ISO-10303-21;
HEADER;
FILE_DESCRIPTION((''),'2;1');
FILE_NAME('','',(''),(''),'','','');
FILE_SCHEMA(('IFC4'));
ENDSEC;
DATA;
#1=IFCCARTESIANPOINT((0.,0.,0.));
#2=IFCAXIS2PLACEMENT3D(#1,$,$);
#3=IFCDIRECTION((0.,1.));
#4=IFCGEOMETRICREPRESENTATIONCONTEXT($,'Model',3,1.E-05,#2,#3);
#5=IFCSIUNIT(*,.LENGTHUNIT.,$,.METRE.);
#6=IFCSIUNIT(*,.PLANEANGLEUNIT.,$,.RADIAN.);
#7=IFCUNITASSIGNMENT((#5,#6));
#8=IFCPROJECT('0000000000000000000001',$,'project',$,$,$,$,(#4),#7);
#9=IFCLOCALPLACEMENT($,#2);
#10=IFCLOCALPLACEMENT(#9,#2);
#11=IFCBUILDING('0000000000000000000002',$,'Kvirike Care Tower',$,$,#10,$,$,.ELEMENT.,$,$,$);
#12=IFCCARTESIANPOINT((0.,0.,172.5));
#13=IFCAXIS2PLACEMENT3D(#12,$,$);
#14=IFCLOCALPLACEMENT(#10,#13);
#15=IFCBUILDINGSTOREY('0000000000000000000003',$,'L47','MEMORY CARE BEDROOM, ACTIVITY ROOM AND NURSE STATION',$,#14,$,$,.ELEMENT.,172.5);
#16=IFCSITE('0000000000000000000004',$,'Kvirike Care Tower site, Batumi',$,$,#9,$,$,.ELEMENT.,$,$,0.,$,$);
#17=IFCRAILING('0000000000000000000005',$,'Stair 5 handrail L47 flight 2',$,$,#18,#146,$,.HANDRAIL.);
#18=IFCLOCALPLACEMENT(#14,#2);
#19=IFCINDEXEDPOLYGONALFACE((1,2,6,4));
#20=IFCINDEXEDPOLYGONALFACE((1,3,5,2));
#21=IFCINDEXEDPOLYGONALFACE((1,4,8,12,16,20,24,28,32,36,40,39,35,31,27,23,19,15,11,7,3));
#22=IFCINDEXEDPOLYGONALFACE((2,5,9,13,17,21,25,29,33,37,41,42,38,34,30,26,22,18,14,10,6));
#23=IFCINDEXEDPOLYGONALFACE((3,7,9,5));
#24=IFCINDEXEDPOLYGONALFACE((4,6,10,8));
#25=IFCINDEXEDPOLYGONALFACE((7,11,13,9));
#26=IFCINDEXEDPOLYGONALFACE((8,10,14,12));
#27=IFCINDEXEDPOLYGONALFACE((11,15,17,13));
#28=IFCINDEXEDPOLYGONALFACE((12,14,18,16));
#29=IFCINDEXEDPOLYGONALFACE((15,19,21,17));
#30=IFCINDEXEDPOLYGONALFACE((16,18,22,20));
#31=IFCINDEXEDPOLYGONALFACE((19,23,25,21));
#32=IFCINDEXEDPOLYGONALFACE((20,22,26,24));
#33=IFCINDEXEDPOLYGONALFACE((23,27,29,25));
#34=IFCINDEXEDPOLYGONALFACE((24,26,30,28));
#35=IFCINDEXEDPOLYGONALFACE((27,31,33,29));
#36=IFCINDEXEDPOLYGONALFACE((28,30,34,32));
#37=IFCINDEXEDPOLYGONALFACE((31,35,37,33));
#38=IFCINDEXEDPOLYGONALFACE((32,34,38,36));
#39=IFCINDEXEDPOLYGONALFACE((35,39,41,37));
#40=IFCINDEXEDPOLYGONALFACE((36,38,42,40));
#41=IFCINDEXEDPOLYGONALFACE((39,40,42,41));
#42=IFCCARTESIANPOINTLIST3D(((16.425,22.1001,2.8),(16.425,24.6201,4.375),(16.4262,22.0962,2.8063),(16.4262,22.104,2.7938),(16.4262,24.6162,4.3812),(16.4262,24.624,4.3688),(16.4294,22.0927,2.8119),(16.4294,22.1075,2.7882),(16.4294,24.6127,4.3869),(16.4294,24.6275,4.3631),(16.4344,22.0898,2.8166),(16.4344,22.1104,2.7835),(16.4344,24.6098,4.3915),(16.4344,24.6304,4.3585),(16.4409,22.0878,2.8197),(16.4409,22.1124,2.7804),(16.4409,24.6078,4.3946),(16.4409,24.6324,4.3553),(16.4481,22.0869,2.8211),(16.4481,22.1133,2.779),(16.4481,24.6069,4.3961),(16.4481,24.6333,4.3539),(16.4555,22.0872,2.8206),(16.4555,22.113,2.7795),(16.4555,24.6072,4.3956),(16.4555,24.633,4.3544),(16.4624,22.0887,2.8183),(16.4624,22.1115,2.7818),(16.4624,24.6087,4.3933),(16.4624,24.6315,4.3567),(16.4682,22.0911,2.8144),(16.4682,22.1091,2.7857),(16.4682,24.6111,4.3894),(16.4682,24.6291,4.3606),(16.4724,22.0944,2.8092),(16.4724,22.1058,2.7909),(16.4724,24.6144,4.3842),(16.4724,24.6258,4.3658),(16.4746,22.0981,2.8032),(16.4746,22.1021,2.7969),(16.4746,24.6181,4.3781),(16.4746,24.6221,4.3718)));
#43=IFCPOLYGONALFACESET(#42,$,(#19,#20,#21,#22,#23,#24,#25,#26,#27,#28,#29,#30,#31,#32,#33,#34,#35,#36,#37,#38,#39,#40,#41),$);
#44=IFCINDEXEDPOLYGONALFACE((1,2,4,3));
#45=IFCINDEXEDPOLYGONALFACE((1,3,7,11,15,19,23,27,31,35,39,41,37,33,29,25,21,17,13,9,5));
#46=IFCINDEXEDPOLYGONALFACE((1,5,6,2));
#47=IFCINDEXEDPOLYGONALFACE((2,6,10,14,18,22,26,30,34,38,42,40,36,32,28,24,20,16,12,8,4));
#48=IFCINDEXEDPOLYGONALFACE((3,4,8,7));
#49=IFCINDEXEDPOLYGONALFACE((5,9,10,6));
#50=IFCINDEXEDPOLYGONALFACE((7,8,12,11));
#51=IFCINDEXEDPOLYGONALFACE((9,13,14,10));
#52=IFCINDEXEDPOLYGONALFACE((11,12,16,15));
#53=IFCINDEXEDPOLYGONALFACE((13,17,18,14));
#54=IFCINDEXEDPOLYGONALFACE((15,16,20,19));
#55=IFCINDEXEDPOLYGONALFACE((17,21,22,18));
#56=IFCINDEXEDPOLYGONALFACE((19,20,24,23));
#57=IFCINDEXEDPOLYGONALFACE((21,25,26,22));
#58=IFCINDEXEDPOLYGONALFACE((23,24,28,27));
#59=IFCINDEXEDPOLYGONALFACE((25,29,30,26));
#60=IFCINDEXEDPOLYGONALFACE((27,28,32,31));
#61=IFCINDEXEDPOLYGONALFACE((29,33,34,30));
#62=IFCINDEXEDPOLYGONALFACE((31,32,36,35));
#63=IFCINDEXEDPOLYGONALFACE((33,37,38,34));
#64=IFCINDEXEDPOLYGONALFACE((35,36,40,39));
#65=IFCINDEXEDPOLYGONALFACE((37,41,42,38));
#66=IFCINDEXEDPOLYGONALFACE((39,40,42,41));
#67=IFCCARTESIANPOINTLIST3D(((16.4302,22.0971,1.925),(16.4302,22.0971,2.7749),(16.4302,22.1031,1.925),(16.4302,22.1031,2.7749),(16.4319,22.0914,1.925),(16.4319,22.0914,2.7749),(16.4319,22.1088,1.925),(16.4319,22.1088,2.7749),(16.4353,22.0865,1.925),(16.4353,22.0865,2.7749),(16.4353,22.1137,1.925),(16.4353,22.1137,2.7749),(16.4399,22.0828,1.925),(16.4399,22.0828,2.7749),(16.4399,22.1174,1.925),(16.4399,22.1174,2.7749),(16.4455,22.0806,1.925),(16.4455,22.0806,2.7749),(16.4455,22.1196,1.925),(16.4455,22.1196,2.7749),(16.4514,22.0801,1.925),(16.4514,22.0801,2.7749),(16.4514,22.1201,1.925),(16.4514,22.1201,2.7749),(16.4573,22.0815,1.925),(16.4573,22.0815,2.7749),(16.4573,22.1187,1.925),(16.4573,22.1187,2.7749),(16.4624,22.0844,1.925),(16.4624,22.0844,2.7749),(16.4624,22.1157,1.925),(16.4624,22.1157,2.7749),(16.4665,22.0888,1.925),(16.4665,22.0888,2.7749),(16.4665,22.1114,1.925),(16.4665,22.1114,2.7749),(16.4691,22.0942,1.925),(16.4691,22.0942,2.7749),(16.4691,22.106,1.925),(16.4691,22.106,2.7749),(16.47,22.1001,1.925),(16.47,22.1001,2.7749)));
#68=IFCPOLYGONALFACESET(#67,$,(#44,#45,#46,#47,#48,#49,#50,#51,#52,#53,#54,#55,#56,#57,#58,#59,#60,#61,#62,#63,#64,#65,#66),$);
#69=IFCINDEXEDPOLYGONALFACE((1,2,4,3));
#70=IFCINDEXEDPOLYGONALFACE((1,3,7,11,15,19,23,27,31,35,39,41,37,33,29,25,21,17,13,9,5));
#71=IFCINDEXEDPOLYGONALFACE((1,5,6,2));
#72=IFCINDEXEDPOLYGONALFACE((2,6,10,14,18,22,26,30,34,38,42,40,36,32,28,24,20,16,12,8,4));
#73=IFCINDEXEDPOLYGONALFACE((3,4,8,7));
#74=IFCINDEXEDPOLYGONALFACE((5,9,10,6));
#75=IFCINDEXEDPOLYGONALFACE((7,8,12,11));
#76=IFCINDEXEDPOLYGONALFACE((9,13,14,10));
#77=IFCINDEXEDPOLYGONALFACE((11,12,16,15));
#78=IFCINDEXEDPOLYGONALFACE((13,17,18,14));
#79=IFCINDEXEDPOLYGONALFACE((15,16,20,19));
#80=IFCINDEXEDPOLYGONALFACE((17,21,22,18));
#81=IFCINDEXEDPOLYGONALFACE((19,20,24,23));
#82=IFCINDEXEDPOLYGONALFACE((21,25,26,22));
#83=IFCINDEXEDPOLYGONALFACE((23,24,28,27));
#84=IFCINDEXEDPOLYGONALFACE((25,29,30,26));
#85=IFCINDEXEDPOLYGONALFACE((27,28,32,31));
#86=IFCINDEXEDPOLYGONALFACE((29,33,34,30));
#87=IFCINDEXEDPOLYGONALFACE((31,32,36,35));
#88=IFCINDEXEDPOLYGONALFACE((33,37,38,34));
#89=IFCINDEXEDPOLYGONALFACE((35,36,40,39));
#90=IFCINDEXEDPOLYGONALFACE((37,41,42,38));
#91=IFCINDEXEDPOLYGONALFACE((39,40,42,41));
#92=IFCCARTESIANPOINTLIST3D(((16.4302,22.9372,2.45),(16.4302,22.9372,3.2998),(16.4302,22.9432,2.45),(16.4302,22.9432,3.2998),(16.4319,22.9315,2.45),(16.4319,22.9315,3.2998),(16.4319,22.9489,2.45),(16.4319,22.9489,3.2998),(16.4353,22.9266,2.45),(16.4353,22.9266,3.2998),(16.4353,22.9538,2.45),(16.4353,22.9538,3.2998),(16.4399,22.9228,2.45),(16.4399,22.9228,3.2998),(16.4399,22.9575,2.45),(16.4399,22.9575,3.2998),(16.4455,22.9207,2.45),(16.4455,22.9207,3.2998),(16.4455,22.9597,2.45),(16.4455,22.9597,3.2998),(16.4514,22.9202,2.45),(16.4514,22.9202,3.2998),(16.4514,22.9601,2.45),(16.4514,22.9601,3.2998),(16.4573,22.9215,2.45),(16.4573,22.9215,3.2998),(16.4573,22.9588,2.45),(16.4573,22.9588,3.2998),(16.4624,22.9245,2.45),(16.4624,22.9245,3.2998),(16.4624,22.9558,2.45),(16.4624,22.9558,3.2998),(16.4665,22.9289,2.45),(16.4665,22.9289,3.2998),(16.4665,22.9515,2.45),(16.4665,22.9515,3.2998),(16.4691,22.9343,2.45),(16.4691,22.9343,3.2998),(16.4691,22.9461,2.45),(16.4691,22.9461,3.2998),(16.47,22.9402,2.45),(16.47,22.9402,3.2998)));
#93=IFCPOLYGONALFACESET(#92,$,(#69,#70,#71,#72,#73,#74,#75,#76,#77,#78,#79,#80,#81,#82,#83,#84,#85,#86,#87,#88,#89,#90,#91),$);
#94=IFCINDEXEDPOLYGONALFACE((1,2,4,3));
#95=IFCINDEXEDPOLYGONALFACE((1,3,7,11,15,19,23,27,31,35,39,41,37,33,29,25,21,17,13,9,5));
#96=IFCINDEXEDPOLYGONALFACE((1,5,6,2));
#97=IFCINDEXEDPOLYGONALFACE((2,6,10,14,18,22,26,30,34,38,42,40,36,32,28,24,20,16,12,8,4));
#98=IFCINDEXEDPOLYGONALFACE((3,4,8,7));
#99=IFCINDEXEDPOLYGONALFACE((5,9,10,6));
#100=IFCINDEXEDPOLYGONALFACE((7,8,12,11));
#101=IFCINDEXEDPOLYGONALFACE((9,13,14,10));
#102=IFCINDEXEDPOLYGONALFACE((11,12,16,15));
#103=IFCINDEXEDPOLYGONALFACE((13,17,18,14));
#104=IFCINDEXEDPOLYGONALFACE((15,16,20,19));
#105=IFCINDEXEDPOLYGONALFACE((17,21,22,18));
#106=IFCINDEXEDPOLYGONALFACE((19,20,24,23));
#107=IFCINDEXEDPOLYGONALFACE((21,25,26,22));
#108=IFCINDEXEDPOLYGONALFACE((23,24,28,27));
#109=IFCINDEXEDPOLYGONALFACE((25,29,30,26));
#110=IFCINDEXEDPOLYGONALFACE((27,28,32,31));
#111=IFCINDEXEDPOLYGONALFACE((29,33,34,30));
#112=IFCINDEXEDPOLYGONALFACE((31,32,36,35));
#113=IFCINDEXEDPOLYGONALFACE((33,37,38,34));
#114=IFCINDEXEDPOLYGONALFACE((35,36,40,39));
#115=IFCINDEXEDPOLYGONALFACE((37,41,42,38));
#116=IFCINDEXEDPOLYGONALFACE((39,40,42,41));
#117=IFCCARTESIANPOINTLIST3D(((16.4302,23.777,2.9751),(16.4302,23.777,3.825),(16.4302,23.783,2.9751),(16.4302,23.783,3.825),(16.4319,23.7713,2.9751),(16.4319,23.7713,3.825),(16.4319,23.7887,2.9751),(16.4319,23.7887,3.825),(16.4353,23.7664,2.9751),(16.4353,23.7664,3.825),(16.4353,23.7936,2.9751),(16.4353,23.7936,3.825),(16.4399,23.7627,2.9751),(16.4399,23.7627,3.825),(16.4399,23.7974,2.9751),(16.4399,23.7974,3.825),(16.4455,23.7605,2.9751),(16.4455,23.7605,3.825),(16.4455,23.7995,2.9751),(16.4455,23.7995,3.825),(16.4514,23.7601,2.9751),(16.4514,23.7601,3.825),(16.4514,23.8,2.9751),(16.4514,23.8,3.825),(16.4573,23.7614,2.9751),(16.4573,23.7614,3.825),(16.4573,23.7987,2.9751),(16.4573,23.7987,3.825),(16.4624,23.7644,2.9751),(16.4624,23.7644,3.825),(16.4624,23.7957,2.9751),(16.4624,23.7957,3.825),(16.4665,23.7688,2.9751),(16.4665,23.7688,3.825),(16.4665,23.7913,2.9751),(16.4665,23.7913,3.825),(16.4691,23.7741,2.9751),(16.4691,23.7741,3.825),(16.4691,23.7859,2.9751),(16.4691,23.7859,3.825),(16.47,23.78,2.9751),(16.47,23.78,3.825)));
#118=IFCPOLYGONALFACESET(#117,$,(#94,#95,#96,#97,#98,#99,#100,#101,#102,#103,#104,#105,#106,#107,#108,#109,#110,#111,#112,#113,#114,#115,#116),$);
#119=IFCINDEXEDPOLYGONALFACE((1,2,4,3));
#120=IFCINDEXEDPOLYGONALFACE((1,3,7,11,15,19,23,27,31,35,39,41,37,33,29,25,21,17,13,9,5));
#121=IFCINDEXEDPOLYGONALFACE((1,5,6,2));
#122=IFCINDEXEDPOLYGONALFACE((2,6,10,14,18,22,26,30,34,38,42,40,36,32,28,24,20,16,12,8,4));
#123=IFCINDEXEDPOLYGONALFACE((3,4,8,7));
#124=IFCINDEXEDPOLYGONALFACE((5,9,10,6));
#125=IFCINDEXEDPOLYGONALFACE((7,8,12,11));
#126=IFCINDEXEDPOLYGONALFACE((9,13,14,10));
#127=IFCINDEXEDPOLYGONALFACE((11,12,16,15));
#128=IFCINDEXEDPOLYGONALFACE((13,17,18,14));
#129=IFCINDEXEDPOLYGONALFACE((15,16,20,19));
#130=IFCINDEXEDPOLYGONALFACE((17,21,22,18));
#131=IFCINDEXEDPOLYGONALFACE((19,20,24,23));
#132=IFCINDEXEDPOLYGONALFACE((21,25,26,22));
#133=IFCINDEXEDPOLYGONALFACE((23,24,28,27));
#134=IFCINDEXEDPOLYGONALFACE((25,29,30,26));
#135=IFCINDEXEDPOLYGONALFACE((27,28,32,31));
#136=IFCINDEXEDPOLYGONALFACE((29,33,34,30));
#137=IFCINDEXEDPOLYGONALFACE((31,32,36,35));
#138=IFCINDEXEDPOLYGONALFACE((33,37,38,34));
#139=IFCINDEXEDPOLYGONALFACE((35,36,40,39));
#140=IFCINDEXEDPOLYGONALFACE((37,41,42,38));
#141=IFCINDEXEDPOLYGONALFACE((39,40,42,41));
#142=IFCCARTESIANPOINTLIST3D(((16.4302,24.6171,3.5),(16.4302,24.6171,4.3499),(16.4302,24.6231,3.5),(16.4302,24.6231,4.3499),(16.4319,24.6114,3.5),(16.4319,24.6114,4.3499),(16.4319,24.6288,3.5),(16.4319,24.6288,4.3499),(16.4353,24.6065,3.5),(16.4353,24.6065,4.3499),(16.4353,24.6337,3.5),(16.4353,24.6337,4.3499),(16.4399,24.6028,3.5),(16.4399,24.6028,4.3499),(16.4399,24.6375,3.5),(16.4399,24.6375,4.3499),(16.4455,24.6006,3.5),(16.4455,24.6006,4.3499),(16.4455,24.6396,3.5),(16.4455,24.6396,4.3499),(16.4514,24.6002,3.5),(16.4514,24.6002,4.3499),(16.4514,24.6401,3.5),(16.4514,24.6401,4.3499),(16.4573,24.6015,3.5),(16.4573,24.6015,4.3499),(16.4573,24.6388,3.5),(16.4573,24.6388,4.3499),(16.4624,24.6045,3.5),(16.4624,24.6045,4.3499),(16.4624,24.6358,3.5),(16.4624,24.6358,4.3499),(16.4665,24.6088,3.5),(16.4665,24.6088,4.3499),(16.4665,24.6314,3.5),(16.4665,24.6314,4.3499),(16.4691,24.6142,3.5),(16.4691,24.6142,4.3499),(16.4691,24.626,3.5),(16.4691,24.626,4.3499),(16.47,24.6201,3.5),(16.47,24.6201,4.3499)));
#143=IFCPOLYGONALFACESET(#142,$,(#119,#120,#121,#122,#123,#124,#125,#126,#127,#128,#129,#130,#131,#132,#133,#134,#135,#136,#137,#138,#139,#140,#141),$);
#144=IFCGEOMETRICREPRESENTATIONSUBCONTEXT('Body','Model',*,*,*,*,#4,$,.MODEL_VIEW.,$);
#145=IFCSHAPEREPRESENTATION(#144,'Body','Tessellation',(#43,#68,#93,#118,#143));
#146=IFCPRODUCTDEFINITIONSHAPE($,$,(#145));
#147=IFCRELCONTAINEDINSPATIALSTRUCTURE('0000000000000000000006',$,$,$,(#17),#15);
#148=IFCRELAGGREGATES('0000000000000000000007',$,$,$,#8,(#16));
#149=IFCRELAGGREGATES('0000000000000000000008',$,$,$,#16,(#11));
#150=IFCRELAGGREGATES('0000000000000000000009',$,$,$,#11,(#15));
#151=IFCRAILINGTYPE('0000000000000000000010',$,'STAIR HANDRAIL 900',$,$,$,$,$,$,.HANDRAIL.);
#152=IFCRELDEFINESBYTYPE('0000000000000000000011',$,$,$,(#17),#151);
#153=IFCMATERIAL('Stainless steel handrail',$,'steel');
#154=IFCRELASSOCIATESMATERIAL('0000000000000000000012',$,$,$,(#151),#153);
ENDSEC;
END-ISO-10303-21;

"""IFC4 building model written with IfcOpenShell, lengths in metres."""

from ifc_helpers import new_model, si_unit, direction, frame, origin, origin_2d, place, context, subcontext, project, spatial, circle, extrude, material, type_object, element, save


model = new_model("IFC4")

# Units and contexts
model_context = context("Model", 3, precision=1e-05, world=origin(), true_north=direction((0.0, 1.0)))
body_context = subcontext(model_context, "Body", "Model", "MODEL_VIEW")
ifc_project = project(units=[si_unit("LENGTHUNIT", "METRE"), si_unit("PLANEANGLEUNIT", "RADIAN")], contexts=[model_context])

# Site, building, storey
site_placement = place(None, origin())
site = spatial("IfcSite", under=ifc_project, at=site_placement, Name="Kvirike Care Tower site, Batumi", CompositionType="ELEMENT", RefElevation=0.0)
building_placement = place(site_placement, origin())
building = spatial("IfcBuilding", under=site, at=building_placement, Name="Kvirike Care Tower", CompositionType="ELEMENT")
storey_placement = place(building_placement, frame((0.0, 0.0, 172.5)))
storey = spatial("IfcBuildingStorey", under=building, at=storey_placement, Name="L47", Description="MEMORY CARE BEDROOM, ACTIVITY ROOM AND NURSE STATION", CompositionType="ELEMENT", Elevation=172.5)

# Railing
ifc_material_1 = material(Name="Stainless steel handrail", Category="steel")
railing_type = type_object("IfcRailingType", Name="STAIR HANDRAIL 900", PredefinedType="HANDRAIL", material=ifc_material_1)
railing_placement = place(storey_placement, frame((16.45, 22.1001, 1.925)))
element("IfcRailing", 1, at=railing_placement, inside=storey, type_object=railing_type, Name="Stair 5 handrail L47 flight 2", PredefinedType="HANDRAIL", context=body_context, shape_type="SweptSolid", body=[
    extrude(circle(Radius=0.0249, at=origin_2d()), frame((0.0, 0.0, 0.875), z_axis=(0.0, 0.848008, 0.529984), x_axis=(-1.0, 0.0, 0.0)), (0.0, 0.0, 1.0), 2.9717),
    extrude(circle(Radius=0.02, at=origin_2d()), origin(), (0.0, 0.0, 1.0), 0.8499),
    extrude(circle(Radius=0.02, at=origin_2d()), frame((0.0, 0.8401, 0.5249)), (0.0, 0.0, 1.0), 0.8499),
    extrude(circle(Radius=0.02, at=origin_2d()), frame((0.0, 1.6799, 1.05)), (0.0, 0.0, 1.0), 0.8499),
    extrude(circle(Radius=0.02, at=origin_2d()), frame((0.0, 2.52, 1.575)), (0.0, 0.0, 1.0), 0.8499),
])

save(model, "model.ifc")
